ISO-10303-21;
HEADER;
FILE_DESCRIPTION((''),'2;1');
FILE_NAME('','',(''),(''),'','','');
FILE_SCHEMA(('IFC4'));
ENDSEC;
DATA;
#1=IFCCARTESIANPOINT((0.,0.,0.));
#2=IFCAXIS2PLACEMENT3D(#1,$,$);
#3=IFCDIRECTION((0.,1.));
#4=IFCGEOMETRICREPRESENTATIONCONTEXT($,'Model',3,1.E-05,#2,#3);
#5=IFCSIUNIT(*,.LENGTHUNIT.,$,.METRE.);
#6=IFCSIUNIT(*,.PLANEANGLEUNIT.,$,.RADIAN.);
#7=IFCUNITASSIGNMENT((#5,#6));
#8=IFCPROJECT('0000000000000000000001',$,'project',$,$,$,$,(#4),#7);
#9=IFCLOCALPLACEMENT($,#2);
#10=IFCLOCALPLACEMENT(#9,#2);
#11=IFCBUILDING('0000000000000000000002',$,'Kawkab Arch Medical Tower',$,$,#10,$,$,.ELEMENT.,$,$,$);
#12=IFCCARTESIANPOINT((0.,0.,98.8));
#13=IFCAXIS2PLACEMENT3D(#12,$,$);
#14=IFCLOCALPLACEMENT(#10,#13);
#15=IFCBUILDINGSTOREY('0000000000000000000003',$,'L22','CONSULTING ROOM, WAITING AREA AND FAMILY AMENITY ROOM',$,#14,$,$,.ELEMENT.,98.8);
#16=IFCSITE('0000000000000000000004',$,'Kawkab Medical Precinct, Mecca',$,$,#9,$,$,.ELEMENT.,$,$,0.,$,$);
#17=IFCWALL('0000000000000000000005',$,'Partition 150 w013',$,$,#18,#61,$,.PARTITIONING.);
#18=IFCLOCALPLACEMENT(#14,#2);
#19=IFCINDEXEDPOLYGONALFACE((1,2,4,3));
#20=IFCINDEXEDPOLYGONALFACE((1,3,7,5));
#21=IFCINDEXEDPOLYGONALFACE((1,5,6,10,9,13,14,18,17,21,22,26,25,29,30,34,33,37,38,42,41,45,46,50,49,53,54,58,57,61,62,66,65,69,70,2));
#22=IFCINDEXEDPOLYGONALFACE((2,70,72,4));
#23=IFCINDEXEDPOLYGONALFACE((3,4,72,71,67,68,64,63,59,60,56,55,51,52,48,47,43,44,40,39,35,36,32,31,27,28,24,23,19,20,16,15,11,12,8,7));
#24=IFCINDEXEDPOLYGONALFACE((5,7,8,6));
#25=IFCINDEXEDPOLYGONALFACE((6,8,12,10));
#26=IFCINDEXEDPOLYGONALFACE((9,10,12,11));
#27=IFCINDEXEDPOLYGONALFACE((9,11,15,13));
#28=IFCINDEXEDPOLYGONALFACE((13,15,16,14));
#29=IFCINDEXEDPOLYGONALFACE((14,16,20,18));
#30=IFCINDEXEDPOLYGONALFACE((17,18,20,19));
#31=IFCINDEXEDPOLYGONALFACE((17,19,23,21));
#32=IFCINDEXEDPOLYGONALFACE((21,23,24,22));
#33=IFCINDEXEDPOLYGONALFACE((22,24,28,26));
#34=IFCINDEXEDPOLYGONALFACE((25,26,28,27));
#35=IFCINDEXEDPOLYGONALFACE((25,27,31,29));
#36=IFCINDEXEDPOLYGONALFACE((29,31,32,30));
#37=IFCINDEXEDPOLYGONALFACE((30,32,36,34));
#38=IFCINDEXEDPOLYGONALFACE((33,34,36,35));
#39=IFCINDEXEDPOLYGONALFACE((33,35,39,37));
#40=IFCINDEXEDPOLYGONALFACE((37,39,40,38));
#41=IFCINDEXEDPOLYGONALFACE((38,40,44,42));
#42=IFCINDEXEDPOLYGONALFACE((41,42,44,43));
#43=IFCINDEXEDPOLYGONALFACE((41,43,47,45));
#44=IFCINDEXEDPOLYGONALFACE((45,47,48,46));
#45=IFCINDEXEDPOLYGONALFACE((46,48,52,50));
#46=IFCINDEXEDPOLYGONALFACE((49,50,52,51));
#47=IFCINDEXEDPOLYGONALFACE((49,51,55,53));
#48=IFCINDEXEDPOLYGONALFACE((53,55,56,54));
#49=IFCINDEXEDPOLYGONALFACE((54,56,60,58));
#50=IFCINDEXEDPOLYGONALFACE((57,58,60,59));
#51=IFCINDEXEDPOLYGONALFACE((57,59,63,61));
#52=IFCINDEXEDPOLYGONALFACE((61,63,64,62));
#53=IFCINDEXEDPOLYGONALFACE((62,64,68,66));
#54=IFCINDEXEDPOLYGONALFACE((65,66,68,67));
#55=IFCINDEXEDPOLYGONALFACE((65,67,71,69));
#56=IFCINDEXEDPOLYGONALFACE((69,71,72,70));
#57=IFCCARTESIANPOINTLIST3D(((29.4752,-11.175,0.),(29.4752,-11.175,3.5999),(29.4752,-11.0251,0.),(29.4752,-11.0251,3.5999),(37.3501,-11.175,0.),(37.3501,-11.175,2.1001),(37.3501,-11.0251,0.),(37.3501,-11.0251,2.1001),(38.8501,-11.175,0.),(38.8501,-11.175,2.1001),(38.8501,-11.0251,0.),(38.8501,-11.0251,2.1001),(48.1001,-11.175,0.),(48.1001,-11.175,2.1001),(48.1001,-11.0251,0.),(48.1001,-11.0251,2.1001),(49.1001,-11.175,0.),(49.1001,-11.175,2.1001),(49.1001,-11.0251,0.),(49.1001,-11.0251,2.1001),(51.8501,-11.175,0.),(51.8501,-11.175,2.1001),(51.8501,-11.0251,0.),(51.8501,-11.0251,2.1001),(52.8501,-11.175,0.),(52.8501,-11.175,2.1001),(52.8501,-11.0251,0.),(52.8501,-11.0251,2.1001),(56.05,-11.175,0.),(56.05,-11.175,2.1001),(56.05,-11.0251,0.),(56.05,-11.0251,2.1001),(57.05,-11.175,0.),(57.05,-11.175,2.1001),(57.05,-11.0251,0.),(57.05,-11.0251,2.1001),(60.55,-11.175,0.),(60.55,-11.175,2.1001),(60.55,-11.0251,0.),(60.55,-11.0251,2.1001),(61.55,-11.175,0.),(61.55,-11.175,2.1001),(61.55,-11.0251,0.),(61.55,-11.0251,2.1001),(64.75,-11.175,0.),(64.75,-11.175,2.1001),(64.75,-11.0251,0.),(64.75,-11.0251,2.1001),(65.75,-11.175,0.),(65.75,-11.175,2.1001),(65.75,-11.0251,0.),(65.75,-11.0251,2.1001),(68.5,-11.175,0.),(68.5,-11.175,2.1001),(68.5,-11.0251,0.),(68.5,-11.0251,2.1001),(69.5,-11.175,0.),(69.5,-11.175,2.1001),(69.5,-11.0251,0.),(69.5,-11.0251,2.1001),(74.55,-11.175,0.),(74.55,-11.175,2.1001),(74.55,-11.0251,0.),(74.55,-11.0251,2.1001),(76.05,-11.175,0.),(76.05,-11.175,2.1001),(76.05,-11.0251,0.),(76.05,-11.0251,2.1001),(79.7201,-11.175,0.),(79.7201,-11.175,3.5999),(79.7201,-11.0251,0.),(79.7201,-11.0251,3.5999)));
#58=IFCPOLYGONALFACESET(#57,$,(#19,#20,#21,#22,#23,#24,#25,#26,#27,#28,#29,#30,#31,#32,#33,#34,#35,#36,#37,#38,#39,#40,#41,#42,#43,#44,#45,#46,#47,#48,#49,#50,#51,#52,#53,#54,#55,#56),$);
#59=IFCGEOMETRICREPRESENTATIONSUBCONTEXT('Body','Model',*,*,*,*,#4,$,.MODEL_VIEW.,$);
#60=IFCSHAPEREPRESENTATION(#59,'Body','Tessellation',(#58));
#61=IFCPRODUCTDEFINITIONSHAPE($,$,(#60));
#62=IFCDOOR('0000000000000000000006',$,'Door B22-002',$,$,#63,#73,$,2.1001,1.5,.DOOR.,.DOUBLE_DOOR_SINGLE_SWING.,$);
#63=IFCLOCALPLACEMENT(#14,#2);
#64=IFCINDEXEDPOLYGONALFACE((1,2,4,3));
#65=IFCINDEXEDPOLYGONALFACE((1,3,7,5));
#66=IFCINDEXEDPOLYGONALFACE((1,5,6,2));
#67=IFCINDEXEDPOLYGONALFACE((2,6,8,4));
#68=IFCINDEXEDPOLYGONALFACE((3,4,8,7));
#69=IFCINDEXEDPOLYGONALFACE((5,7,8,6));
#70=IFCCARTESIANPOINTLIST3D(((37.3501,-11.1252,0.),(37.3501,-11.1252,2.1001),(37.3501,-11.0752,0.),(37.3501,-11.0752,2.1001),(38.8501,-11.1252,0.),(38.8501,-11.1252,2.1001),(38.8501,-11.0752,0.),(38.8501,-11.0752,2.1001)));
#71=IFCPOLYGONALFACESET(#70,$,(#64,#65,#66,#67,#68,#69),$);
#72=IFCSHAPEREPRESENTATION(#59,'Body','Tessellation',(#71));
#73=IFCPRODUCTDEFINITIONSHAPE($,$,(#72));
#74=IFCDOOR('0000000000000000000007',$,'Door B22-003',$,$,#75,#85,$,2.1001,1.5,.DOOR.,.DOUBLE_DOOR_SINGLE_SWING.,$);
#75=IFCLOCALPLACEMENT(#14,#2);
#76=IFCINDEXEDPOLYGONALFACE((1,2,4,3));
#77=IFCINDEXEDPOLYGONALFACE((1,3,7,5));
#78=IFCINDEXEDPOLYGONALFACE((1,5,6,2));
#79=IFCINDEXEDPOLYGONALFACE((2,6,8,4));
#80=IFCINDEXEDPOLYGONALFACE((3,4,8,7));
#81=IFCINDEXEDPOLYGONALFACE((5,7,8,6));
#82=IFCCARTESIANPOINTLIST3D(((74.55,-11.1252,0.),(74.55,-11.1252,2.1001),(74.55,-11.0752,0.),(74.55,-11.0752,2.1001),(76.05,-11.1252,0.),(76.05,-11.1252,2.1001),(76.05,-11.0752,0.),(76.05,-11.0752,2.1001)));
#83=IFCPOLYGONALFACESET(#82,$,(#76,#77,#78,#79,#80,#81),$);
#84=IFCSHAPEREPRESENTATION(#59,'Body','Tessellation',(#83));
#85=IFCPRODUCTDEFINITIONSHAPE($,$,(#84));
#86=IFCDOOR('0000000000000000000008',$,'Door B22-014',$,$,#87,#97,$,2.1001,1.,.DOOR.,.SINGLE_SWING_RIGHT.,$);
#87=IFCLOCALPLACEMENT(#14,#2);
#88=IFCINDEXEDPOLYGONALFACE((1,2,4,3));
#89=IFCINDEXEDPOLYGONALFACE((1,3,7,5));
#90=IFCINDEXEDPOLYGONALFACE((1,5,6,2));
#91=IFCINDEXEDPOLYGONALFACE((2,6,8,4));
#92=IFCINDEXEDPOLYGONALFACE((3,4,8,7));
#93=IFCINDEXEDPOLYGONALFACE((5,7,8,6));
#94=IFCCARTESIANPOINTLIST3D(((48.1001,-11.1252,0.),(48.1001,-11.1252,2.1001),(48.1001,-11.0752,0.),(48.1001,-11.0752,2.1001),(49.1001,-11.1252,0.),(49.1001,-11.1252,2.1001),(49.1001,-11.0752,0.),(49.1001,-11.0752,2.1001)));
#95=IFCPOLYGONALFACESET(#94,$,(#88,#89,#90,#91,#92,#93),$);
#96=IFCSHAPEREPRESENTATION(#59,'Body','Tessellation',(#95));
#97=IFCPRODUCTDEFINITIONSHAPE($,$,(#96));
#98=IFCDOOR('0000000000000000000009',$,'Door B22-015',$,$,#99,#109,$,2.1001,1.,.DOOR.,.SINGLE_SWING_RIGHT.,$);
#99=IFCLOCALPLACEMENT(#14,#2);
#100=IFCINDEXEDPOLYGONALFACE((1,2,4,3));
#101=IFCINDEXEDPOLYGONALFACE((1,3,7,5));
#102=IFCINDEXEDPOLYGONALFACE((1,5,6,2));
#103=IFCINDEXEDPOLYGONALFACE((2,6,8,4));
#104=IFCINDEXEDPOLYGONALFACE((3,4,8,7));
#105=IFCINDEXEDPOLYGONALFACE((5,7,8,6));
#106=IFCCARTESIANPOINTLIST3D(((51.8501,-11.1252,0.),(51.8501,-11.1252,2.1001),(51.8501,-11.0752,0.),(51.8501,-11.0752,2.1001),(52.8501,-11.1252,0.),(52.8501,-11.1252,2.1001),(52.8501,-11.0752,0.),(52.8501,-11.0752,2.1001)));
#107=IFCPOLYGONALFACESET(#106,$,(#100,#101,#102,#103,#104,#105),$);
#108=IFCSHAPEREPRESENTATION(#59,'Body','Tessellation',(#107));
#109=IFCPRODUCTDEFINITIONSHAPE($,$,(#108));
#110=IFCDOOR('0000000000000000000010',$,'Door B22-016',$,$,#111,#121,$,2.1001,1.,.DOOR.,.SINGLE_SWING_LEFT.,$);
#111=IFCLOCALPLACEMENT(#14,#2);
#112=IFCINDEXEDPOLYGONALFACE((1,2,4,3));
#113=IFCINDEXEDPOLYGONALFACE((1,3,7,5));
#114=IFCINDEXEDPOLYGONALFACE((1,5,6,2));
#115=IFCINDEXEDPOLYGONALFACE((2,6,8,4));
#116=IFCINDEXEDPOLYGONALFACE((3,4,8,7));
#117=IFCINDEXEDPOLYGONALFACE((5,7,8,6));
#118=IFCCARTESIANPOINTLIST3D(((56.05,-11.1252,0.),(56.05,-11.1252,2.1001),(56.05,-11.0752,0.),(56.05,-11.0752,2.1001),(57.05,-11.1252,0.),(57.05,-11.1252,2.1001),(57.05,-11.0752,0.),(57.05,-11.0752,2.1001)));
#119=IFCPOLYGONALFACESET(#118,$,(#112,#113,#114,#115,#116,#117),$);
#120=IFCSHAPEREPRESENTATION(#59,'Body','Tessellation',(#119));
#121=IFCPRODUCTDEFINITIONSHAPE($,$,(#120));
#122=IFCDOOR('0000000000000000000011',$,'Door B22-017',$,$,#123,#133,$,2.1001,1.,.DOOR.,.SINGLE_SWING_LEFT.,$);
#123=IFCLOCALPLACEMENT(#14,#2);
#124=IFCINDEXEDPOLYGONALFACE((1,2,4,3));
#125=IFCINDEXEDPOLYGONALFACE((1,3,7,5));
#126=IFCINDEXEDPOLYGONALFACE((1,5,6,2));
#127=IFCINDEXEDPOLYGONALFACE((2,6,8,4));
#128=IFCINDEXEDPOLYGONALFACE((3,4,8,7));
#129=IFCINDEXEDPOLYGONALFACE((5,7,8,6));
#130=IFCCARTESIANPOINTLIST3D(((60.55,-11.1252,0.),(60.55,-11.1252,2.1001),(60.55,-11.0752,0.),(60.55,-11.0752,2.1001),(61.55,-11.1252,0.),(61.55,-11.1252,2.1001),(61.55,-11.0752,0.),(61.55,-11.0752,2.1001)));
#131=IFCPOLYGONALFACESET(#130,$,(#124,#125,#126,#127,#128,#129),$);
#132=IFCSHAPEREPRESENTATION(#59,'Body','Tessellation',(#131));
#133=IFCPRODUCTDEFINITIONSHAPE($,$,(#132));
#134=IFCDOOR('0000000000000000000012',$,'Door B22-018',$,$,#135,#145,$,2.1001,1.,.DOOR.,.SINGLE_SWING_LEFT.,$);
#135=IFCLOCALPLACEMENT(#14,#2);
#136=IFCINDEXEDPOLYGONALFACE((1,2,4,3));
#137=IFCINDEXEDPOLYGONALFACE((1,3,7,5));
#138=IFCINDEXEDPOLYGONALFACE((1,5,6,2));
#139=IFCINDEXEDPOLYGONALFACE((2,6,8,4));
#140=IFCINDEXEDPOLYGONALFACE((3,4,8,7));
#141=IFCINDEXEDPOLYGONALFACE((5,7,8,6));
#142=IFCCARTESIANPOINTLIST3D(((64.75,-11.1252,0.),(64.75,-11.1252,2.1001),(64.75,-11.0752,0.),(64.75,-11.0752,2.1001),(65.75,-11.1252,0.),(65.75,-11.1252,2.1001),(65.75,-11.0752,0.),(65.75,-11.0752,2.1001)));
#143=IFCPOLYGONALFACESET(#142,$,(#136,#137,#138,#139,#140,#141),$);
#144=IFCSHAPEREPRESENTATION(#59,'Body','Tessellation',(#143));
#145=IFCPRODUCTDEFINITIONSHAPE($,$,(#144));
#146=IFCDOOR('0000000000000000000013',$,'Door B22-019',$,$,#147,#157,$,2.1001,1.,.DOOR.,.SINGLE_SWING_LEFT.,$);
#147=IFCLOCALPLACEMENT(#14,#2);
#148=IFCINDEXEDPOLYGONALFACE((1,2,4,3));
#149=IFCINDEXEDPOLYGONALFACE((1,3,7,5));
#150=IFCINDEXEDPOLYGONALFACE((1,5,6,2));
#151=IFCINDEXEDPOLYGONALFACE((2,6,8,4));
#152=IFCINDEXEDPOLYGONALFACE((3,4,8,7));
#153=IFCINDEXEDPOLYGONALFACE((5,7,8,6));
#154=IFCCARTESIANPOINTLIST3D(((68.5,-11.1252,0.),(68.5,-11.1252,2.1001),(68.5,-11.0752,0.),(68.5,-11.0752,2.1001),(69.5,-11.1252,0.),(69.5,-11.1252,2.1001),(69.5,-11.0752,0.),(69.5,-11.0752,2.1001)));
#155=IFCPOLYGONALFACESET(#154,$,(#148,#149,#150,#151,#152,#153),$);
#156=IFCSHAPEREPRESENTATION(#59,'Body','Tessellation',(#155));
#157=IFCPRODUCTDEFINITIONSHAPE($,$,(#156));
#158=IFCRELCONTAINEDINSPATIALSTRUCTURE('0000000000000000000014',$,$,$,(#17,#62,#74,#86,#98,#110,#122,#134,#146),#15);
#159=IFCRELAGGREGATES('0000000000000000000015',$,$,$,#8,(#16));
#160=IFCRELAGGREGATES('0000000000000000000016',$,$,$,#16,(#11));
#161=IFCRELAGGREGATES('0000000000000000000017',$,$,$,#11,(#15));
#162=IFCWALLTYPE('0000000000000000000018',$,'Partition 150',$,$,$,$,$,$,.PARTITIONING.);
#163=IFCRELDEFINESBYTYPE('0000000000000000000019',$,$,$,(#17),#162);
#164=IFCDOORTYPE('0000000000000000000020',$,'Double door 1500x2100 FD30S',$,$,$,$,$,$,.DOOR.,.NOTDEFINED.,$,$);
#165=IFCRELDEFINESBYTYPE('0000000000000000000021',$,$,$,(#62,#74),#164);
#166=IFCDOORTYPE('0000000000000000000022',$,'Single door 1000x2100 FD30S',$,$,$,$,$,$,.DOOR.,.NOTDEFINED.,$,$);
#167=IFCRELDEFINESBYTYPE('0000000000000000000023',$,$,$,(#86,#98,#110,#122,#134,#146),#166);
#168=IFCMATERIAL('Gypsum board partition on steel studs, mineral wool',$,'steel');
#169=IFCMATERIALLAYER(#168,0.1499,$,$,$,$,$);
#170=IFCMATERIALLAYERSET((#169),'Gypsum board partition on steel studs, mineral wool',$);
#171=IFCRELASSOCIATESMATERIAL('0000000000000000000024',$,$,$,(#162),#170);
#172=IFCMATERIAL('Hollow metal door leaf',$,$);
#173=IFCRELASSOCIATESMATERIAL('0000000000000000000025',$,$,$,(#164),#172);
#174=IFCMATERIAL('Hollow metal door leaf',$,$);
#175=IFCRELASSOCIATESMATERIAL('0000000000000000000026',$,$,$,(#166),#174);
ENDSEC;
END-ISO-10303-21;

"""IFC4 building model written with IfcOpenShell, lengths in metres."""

from ifc_helpers import new_model, si_unit, direction, frame, frame_2d, origin, place, context, subcontext, project, spatial, rectangle, extrude, material, layer, layer_set, type_object, element, fill, save


model = new_model("IFC4")

# Units and contexts
model_context = context("Model", 3, precision=1e-05, world=origin(), true_north=direction((0.0, 1.0)))
body_context = subcontext(model_context, "Body", "Model", "MODEL_VIEW")
ifc_project = project(units=[si_unit("LENGTHUNIT", "METRE"), si_unit("PLANEANGLEUNIT", "RADIAN")], contexts=[model_context])

# Site, building, storey
site_placement = place(None, origin())
site = spatial("IfcSite", under=ifc_project, at=site_placement, Name="Kawkab Medical Precinct, Mecca", CompositionType="ELEMENT", RefElevation=0.0)
building_placement = place(site_placement, origin())
building = spatial("IfcBuilding", under=site, at=building_placement, Name="Kawkab Arch Medical Tower", CompositionType="ELEMENT")
storey_placement = place(building_placement, frame((0.0, 0.0, 98.8)))
storey = spatial("IfcBuildingStorey", under=building, at=storey_placement, Name="L22", Description="CONSULTING ROOM, WAITING AREA AND FAMILY AMENITY ROOM", CompositionType="ELEMENT", Elevation=98.8)

# Wall, openings, doors
ifc_material_1 = material(Name="Gypsum board partition on steel studs, mineral wool", Category="steel")
ifc_layer_1 = layer(ifc_material_1, 0.1499)
ifc_layer_set_1 = layer_set([ifc_layer_1], Name="Gypsum board partition on steel studs, mineral wool")
wall_type_1 = type_object("IfcWallType", Name="Partition 150", PredefinedType="PARTITIONING", material=ifc_layer_set_1)
wall_1_placement = place(storey_placement, frame((29.4751, -11.1001, 0.0), z_axis=(0.0, 0.0, 1.0), x_axis=(1.0, 0.0, 0.0)))
wall_1 = element("IfcWall", 1, at=wall_1_placement, inside=storey, type_object=wall_type_1, Name="Partition 150 w013", PredefinedType="PARTITIONING", context=body_context, shape_type="SweptSolid", body=[
    extrude(rectangle(XDim=50.2449, YDim=0.1499, at=frame_2d((25.1226, 0.0))), origin(), (0.0, 0.0, 1.0), 3.5999),
])
opening_1_placement = place(wall_1_placement, frame((7.875, 0.0, 0.0)))
opening_1 = element("IfcOpeningElement", 2, at=opening_1_placement, cuts=wall_1, PredefinedType="OPENING", context=body_context, shape_type="SweptSolid", body=[
    extrude(rectangle(XDim=1.5, YDim=2.1001, at=frame_2d((0.75, 1.05))), frame((0.0, 0.085, 0.0), z_axis=(0.0, -1.0, 0.0), x_axis=(1.0, 0.0, 0.0)), (0.0, 0.0, 1.0), 0.1699),
])
opening_2_placement = place(wall_1_placement, frame((18.625, 0.0, 0.0)))
opening_2 = element("IfcOpeningElement", 3, at=opening_2_placement, cuts=wall_1, PredefinedType="OPENING", context=body_context, shape_type="SweptSolid", body=[
    extrude(rectangle(XDim=1.0, YDim=2.1001, at=frame_2d((0.5, 1.05))), frame((0.0, 0.085, 0.0), z_axis=(0.0, -1.0, 0.0), x_axis=(1.0, 0.0, 0.0)), (0.0, 0.0, 1.0), 0.1699),
])
opening_3_placement = place(wall_1_placement, frame((22.375, 0.0, 0.0)))
opening_3 = element("IfcOpeningElement", 4, at=opening_3_placement, cuts=wall_1, PredefinedType="OPENING", context=body_context, shape_type="SweptSolid", body=[
    extrude(rectangle(XDim=1.0, YDim=2.1001, at=frame_2d((0.5, 1.05))), frame((0.0, 0.085, 0.0), z_axis=(0.0, -1.0, 0.0), x_axis=(1.0, 0.0, 0.0)), (0.0, 0.0, 1.0), 0.1699),
])
opening_4_placement = place(wall_1_placement, frame((26.575, 0.0, 0.0)))
opening_4 = element("IfcOpeningElement", 5, at=opening_4_placement, cuts=wall_1, PredefinedType="OPENING", context=body_context, shape_type="SweptSolid", body=[
    extrude(rectangle(XDim=1.0, YDim=2.1001, at=frame_2d((0.5, 1.05))), frame((0.0, 0.085, 0.0), z_axis=(0.0, -1.0, 0.0), x_axis=(1.0, 0.0, 0.0)), (0.0, 0.0, 1.0), 0.1699),
])
opening_5_placement = place(wall_1_placement, frame((31.075, 0.0, 0.0)))
opening_5 = element("IfcOpeningElement", 6, at=opening_5_placement, cuts=wall_1, PredefinedType="OPENING", context=body_context, shape_type="SweptSolid", body=[
    extrude(rectangle(XDim=1.0, YDim=2.1001, at=frame_2d((0.5, 1.05))), frame((0.0, 0.085, 0.0), z_axis=(0.0, -1.0, 0.0), x_axis=(1.0, 0.0, 0.0)), (0.0, 0.0, 1.0), 0.1699),
])
opening_6_placement = place(wall_1_placement, frame((35.2749, 0.0, 0.0)))
opening_6 = element("IfcOpeningElement", 7, at=opening_6_placement, cuts=wall_1, PredefinedType="OPENING", context=body_context, shape_type="SweptSolid", body=[
    extrude(rectangle(XDim=1.0, YDim=2.1001, at=frame_2d((0.5, 1.05))), frame((0.0, 0.085, 0.0), z_axis=(0.0, -1.0, 0.0), x_axis=(1.0, 0.0, 0.0)), (0.0, 0.0, 1.0), 0.1699),
])
opening_7_placement = place(wall_1_placement, frame((39.0249, 0.0, 0.0)))
opening_7 = element("IfcOpeningElement", 8, at=opening_7_placement, cuts=wall_1, PredefinedType="OPENING", context=body_context, shape_type="SweptSolid", body=[
    extrude(rectangle(XDim=1.0, YDim=2.1001, at=frame_2d((0.5, 1.05))), frame((0.0, 0.085, 0.0), z_axis=(0.0, -1.0, 0.0), x_axis=(1.0, 0.0, 0.0)), (0.0, 0.0, 1.0), 0.1699),
])
opening_8_placement = place(wall_1_placement, frame((45.075, 0.0, 0.0)))
opening_8 = element("IfcOpeningElement", 9, at=opening_8_placement, cuts=wall_1, PredefinedType="OPENING", context=body_context, shape_type="SweptSolid", body=[
    extrude(rectangle(XDim=1.5, YDim=2.1001, at=frame_2d((0.75, 1.05))), frame((0.0, 0.085, 0.0), z_axis=(0.0, -1.0, 0.0), x_axis=(1.0, 0.0, 0.0)), (0.0, 0.0, 1.0), 0.1699),
])
ifc_material_2 = material(Name="Hollow metal door leaf")
door_type_1 = type_object("IfcDoorType", Name="Double door 1500x2100 FD30S", OperationType="NOTDEFINED", PredefinedType="DOOR", material=ifc_material_2)
door_1_placement = place(opening_1_placement, origin())
door_1 = element("IfcDoor", 10, at=door_1_placement, inside=storey, type_object=door_type_1, Name="Door B22-002", OperationType="DOUBLE_DOOR_SINGLE_SWING", OverallHeight=2.1001, OverallWidth=1.5, PredefinedType="DOOR", context=body_context, shape_type="SweptSolid", body=[
    extrude(rectangle(XDim=1.5, YDim=2.1001, at=frame_2d((0.75, 1.05))), frame((0.0, 0.0249, 0.0), z_axis=(0.0, -1.0, 0.0), x_axis=(1.0, 0.0, 0.0)), (0.0, 0.0, 1.0), 0.05),
])
fill(opening_1, door_1)
door_2_placement = place(opening_8_placement, origin())
door_2 = element("IfcDoor", 11, at=door_2_placement, inside=storey, type_object=door_type_1, Name="Door B22-003", OperationType="DOUBLE_DOOR_SINGLE_SWING", OverallHeight=2.1001, OverallWidth=1.5, PredefinedType="DOOR", context=body_context, shape_type="SweptSolid", body=[
    extrude(rectangle(XDim=1.5, YDim=2.1001, at=frame_2d((0.75, 1.05))), frame((0.0, 0.0249, 0.0), z_axis=(0.0, -1.0, 0.0), x_axis=(1.0, 0.0, 0.0)), (0.0, 0.0, 1.0), 0.05),
])
fill(opening_8, door_2)
ifc_material_3 = material(Name="Hollow metal door leaf")
door_type_2 = type_object("IfcDoorType", Name="Single door 1000x2100 FD30S", OperationType="NOTDEFINED", PredefinedType="DOOR", material=ifc_material_3)
door_3_placement = place(opening_2_placement, origin())
door_3 = element("IfcDoor", 12, at=door_3_placement, inside=storey, type_object=door_type_2, Name="Door B22-014", OperationType="SINGLE_SWING_RIGHT", OverallHeight=2.1001, OverallWidth=1.0, PredefinedType="DOOR", context=body_context, shape_type="SweptSolid", body=[
    extrude(rectangle(XDim=1.0, YDim=2.1001, at=frame_2d((0.5, 1.05))), frame((0.0, 0.0249, 0.0), z_axis=(0.0, -1.0, 0.0), x_axis=(1.0, 0.0, 0.0)), (0.0, 0.0, 1.0), 0.05),
])
fill(opening_2, door_3)
door_4_placement = place(opening_3_placement, origin())
door_4 = element("IfcDoor", 13, at=door_4_placement, inside=storey, type_object=door_type_2, Name="Door B22-015", OperationType="SINGLE_SWING_RIGHT", OverallHeight=2.1001, OverallWidth=1.0, PredefinedType="DOOR", context=body_context, shape_type="SweptSolid", body=[
    extrude(rectangle(XDim=1.0, YDim=2.1001, at=frame_2d((0.5, 1.05))), frame((0.0, 0.0249, 0.0), z_axis=(0.0, -1.0, 0.0), x_axis=(1.0, 0.0, 0.0)), (0.0, 0.0, 1.0), 0.05),
])
fill(opening_3, door_4)
door_5_placement = place(opening_4_placement, origin())
door_5 = element("IfcDoor", 14, at=door_5_placement, inside=storey, type_object=door_type_2, Name="Door B22-016", OperationType="SINGLE_SWING_LEFT", OverallHeight=2.1001, OverallWidth=1.0, PredefinedType="DOOR", context=body_context, shape_type="SweptSolid", body=[
    extrude(rectangle(XDim=1.0, YDim=2.1001, at=frame_2d((0.5, 1.05))), frame((0.0, 0.0249, 0.0), z_axis=(0.0, -1.0, 0.0), x_axis=(1.0, 0.0, 0.0)), (0.0, 0.0, 1.0), 0.05),
])
fill(opening_4, door_5)
door_6_placement = place(opening_5_placement, origin())
door_6 = element("IfcDoor", 15, at=door_6_placement, inside=storey, type_object=door_type_2, Name="Door B22-017", OperationType="SINGLE_SWING_LEFT", OverallHeight=2.1001, OverallWidth=1.0, PredefinedType="DOOR", context=body_context, shape_type="SweptSolid", body=[
    extrude(rectangle(XDim=1.0, YDim=2.1001, at=frame_2d((0.5, 1.05))), frame((0.0, 0.0249, 0.0), z_axis=(0.0, -1.0, 0.0), x_axis=(1.0, 0.0, 0.0)), (0.0, 0.0, 1.0), 0.05),
])
fill(opening_5, door_6)
door_7_placement = place(opening_6_placement, origin())
door_7 = element("IfcDoor", 16, at=door_7_placement, inside=storey, type_object=door_type_2, Name="Door B22-018", OperationType="SINGLE_SWING_LEFT", OverallHeight=2.1001, OverallWidth=1.0, PredefinedType="DOOR", context=body_context, shape_type="SweptSolid", body=[
    extrude(rectangle(XDim=1.0, YDim=2.1001, at=frame_2d((0.5, 1.05))), frame((0.0, 0.0249, 0.0), z_axis=(0.0, -1.0, 0.0), x_axis=(1.0, 0.0, 0.0)), (0.0, 0.0, 1.0), 0.05),
])
fill(opening_6, door_7)
door_8_placement = place(opening_7_placement, origin())
door_8 = element("IfcDoor", 17, at=door_8_placement, inside=storey, type_object=door_type_2, Name="Door B22-019", OperationType="SINGLE_SWING_LEFT", OverallHeight=2.1001, OverallWidth=1.0, PredefinedType="DOOR", context=body_context, shape_type="SweptSolid", body=[
    extrude(rectangle(XDim=1.0, YDim=2.1001, at=frame_2d((0.5, 1.05))), frame((0.0, 0.0249, 0.0), z_axis=(0.0, -1.0, 0.0), x_axis=(1.0, 0.0, 0.0)), (0.0, 0.0, 1.0), 0.05),
])
fill(opening_7, door_8)

save(model, "model.ifc")
